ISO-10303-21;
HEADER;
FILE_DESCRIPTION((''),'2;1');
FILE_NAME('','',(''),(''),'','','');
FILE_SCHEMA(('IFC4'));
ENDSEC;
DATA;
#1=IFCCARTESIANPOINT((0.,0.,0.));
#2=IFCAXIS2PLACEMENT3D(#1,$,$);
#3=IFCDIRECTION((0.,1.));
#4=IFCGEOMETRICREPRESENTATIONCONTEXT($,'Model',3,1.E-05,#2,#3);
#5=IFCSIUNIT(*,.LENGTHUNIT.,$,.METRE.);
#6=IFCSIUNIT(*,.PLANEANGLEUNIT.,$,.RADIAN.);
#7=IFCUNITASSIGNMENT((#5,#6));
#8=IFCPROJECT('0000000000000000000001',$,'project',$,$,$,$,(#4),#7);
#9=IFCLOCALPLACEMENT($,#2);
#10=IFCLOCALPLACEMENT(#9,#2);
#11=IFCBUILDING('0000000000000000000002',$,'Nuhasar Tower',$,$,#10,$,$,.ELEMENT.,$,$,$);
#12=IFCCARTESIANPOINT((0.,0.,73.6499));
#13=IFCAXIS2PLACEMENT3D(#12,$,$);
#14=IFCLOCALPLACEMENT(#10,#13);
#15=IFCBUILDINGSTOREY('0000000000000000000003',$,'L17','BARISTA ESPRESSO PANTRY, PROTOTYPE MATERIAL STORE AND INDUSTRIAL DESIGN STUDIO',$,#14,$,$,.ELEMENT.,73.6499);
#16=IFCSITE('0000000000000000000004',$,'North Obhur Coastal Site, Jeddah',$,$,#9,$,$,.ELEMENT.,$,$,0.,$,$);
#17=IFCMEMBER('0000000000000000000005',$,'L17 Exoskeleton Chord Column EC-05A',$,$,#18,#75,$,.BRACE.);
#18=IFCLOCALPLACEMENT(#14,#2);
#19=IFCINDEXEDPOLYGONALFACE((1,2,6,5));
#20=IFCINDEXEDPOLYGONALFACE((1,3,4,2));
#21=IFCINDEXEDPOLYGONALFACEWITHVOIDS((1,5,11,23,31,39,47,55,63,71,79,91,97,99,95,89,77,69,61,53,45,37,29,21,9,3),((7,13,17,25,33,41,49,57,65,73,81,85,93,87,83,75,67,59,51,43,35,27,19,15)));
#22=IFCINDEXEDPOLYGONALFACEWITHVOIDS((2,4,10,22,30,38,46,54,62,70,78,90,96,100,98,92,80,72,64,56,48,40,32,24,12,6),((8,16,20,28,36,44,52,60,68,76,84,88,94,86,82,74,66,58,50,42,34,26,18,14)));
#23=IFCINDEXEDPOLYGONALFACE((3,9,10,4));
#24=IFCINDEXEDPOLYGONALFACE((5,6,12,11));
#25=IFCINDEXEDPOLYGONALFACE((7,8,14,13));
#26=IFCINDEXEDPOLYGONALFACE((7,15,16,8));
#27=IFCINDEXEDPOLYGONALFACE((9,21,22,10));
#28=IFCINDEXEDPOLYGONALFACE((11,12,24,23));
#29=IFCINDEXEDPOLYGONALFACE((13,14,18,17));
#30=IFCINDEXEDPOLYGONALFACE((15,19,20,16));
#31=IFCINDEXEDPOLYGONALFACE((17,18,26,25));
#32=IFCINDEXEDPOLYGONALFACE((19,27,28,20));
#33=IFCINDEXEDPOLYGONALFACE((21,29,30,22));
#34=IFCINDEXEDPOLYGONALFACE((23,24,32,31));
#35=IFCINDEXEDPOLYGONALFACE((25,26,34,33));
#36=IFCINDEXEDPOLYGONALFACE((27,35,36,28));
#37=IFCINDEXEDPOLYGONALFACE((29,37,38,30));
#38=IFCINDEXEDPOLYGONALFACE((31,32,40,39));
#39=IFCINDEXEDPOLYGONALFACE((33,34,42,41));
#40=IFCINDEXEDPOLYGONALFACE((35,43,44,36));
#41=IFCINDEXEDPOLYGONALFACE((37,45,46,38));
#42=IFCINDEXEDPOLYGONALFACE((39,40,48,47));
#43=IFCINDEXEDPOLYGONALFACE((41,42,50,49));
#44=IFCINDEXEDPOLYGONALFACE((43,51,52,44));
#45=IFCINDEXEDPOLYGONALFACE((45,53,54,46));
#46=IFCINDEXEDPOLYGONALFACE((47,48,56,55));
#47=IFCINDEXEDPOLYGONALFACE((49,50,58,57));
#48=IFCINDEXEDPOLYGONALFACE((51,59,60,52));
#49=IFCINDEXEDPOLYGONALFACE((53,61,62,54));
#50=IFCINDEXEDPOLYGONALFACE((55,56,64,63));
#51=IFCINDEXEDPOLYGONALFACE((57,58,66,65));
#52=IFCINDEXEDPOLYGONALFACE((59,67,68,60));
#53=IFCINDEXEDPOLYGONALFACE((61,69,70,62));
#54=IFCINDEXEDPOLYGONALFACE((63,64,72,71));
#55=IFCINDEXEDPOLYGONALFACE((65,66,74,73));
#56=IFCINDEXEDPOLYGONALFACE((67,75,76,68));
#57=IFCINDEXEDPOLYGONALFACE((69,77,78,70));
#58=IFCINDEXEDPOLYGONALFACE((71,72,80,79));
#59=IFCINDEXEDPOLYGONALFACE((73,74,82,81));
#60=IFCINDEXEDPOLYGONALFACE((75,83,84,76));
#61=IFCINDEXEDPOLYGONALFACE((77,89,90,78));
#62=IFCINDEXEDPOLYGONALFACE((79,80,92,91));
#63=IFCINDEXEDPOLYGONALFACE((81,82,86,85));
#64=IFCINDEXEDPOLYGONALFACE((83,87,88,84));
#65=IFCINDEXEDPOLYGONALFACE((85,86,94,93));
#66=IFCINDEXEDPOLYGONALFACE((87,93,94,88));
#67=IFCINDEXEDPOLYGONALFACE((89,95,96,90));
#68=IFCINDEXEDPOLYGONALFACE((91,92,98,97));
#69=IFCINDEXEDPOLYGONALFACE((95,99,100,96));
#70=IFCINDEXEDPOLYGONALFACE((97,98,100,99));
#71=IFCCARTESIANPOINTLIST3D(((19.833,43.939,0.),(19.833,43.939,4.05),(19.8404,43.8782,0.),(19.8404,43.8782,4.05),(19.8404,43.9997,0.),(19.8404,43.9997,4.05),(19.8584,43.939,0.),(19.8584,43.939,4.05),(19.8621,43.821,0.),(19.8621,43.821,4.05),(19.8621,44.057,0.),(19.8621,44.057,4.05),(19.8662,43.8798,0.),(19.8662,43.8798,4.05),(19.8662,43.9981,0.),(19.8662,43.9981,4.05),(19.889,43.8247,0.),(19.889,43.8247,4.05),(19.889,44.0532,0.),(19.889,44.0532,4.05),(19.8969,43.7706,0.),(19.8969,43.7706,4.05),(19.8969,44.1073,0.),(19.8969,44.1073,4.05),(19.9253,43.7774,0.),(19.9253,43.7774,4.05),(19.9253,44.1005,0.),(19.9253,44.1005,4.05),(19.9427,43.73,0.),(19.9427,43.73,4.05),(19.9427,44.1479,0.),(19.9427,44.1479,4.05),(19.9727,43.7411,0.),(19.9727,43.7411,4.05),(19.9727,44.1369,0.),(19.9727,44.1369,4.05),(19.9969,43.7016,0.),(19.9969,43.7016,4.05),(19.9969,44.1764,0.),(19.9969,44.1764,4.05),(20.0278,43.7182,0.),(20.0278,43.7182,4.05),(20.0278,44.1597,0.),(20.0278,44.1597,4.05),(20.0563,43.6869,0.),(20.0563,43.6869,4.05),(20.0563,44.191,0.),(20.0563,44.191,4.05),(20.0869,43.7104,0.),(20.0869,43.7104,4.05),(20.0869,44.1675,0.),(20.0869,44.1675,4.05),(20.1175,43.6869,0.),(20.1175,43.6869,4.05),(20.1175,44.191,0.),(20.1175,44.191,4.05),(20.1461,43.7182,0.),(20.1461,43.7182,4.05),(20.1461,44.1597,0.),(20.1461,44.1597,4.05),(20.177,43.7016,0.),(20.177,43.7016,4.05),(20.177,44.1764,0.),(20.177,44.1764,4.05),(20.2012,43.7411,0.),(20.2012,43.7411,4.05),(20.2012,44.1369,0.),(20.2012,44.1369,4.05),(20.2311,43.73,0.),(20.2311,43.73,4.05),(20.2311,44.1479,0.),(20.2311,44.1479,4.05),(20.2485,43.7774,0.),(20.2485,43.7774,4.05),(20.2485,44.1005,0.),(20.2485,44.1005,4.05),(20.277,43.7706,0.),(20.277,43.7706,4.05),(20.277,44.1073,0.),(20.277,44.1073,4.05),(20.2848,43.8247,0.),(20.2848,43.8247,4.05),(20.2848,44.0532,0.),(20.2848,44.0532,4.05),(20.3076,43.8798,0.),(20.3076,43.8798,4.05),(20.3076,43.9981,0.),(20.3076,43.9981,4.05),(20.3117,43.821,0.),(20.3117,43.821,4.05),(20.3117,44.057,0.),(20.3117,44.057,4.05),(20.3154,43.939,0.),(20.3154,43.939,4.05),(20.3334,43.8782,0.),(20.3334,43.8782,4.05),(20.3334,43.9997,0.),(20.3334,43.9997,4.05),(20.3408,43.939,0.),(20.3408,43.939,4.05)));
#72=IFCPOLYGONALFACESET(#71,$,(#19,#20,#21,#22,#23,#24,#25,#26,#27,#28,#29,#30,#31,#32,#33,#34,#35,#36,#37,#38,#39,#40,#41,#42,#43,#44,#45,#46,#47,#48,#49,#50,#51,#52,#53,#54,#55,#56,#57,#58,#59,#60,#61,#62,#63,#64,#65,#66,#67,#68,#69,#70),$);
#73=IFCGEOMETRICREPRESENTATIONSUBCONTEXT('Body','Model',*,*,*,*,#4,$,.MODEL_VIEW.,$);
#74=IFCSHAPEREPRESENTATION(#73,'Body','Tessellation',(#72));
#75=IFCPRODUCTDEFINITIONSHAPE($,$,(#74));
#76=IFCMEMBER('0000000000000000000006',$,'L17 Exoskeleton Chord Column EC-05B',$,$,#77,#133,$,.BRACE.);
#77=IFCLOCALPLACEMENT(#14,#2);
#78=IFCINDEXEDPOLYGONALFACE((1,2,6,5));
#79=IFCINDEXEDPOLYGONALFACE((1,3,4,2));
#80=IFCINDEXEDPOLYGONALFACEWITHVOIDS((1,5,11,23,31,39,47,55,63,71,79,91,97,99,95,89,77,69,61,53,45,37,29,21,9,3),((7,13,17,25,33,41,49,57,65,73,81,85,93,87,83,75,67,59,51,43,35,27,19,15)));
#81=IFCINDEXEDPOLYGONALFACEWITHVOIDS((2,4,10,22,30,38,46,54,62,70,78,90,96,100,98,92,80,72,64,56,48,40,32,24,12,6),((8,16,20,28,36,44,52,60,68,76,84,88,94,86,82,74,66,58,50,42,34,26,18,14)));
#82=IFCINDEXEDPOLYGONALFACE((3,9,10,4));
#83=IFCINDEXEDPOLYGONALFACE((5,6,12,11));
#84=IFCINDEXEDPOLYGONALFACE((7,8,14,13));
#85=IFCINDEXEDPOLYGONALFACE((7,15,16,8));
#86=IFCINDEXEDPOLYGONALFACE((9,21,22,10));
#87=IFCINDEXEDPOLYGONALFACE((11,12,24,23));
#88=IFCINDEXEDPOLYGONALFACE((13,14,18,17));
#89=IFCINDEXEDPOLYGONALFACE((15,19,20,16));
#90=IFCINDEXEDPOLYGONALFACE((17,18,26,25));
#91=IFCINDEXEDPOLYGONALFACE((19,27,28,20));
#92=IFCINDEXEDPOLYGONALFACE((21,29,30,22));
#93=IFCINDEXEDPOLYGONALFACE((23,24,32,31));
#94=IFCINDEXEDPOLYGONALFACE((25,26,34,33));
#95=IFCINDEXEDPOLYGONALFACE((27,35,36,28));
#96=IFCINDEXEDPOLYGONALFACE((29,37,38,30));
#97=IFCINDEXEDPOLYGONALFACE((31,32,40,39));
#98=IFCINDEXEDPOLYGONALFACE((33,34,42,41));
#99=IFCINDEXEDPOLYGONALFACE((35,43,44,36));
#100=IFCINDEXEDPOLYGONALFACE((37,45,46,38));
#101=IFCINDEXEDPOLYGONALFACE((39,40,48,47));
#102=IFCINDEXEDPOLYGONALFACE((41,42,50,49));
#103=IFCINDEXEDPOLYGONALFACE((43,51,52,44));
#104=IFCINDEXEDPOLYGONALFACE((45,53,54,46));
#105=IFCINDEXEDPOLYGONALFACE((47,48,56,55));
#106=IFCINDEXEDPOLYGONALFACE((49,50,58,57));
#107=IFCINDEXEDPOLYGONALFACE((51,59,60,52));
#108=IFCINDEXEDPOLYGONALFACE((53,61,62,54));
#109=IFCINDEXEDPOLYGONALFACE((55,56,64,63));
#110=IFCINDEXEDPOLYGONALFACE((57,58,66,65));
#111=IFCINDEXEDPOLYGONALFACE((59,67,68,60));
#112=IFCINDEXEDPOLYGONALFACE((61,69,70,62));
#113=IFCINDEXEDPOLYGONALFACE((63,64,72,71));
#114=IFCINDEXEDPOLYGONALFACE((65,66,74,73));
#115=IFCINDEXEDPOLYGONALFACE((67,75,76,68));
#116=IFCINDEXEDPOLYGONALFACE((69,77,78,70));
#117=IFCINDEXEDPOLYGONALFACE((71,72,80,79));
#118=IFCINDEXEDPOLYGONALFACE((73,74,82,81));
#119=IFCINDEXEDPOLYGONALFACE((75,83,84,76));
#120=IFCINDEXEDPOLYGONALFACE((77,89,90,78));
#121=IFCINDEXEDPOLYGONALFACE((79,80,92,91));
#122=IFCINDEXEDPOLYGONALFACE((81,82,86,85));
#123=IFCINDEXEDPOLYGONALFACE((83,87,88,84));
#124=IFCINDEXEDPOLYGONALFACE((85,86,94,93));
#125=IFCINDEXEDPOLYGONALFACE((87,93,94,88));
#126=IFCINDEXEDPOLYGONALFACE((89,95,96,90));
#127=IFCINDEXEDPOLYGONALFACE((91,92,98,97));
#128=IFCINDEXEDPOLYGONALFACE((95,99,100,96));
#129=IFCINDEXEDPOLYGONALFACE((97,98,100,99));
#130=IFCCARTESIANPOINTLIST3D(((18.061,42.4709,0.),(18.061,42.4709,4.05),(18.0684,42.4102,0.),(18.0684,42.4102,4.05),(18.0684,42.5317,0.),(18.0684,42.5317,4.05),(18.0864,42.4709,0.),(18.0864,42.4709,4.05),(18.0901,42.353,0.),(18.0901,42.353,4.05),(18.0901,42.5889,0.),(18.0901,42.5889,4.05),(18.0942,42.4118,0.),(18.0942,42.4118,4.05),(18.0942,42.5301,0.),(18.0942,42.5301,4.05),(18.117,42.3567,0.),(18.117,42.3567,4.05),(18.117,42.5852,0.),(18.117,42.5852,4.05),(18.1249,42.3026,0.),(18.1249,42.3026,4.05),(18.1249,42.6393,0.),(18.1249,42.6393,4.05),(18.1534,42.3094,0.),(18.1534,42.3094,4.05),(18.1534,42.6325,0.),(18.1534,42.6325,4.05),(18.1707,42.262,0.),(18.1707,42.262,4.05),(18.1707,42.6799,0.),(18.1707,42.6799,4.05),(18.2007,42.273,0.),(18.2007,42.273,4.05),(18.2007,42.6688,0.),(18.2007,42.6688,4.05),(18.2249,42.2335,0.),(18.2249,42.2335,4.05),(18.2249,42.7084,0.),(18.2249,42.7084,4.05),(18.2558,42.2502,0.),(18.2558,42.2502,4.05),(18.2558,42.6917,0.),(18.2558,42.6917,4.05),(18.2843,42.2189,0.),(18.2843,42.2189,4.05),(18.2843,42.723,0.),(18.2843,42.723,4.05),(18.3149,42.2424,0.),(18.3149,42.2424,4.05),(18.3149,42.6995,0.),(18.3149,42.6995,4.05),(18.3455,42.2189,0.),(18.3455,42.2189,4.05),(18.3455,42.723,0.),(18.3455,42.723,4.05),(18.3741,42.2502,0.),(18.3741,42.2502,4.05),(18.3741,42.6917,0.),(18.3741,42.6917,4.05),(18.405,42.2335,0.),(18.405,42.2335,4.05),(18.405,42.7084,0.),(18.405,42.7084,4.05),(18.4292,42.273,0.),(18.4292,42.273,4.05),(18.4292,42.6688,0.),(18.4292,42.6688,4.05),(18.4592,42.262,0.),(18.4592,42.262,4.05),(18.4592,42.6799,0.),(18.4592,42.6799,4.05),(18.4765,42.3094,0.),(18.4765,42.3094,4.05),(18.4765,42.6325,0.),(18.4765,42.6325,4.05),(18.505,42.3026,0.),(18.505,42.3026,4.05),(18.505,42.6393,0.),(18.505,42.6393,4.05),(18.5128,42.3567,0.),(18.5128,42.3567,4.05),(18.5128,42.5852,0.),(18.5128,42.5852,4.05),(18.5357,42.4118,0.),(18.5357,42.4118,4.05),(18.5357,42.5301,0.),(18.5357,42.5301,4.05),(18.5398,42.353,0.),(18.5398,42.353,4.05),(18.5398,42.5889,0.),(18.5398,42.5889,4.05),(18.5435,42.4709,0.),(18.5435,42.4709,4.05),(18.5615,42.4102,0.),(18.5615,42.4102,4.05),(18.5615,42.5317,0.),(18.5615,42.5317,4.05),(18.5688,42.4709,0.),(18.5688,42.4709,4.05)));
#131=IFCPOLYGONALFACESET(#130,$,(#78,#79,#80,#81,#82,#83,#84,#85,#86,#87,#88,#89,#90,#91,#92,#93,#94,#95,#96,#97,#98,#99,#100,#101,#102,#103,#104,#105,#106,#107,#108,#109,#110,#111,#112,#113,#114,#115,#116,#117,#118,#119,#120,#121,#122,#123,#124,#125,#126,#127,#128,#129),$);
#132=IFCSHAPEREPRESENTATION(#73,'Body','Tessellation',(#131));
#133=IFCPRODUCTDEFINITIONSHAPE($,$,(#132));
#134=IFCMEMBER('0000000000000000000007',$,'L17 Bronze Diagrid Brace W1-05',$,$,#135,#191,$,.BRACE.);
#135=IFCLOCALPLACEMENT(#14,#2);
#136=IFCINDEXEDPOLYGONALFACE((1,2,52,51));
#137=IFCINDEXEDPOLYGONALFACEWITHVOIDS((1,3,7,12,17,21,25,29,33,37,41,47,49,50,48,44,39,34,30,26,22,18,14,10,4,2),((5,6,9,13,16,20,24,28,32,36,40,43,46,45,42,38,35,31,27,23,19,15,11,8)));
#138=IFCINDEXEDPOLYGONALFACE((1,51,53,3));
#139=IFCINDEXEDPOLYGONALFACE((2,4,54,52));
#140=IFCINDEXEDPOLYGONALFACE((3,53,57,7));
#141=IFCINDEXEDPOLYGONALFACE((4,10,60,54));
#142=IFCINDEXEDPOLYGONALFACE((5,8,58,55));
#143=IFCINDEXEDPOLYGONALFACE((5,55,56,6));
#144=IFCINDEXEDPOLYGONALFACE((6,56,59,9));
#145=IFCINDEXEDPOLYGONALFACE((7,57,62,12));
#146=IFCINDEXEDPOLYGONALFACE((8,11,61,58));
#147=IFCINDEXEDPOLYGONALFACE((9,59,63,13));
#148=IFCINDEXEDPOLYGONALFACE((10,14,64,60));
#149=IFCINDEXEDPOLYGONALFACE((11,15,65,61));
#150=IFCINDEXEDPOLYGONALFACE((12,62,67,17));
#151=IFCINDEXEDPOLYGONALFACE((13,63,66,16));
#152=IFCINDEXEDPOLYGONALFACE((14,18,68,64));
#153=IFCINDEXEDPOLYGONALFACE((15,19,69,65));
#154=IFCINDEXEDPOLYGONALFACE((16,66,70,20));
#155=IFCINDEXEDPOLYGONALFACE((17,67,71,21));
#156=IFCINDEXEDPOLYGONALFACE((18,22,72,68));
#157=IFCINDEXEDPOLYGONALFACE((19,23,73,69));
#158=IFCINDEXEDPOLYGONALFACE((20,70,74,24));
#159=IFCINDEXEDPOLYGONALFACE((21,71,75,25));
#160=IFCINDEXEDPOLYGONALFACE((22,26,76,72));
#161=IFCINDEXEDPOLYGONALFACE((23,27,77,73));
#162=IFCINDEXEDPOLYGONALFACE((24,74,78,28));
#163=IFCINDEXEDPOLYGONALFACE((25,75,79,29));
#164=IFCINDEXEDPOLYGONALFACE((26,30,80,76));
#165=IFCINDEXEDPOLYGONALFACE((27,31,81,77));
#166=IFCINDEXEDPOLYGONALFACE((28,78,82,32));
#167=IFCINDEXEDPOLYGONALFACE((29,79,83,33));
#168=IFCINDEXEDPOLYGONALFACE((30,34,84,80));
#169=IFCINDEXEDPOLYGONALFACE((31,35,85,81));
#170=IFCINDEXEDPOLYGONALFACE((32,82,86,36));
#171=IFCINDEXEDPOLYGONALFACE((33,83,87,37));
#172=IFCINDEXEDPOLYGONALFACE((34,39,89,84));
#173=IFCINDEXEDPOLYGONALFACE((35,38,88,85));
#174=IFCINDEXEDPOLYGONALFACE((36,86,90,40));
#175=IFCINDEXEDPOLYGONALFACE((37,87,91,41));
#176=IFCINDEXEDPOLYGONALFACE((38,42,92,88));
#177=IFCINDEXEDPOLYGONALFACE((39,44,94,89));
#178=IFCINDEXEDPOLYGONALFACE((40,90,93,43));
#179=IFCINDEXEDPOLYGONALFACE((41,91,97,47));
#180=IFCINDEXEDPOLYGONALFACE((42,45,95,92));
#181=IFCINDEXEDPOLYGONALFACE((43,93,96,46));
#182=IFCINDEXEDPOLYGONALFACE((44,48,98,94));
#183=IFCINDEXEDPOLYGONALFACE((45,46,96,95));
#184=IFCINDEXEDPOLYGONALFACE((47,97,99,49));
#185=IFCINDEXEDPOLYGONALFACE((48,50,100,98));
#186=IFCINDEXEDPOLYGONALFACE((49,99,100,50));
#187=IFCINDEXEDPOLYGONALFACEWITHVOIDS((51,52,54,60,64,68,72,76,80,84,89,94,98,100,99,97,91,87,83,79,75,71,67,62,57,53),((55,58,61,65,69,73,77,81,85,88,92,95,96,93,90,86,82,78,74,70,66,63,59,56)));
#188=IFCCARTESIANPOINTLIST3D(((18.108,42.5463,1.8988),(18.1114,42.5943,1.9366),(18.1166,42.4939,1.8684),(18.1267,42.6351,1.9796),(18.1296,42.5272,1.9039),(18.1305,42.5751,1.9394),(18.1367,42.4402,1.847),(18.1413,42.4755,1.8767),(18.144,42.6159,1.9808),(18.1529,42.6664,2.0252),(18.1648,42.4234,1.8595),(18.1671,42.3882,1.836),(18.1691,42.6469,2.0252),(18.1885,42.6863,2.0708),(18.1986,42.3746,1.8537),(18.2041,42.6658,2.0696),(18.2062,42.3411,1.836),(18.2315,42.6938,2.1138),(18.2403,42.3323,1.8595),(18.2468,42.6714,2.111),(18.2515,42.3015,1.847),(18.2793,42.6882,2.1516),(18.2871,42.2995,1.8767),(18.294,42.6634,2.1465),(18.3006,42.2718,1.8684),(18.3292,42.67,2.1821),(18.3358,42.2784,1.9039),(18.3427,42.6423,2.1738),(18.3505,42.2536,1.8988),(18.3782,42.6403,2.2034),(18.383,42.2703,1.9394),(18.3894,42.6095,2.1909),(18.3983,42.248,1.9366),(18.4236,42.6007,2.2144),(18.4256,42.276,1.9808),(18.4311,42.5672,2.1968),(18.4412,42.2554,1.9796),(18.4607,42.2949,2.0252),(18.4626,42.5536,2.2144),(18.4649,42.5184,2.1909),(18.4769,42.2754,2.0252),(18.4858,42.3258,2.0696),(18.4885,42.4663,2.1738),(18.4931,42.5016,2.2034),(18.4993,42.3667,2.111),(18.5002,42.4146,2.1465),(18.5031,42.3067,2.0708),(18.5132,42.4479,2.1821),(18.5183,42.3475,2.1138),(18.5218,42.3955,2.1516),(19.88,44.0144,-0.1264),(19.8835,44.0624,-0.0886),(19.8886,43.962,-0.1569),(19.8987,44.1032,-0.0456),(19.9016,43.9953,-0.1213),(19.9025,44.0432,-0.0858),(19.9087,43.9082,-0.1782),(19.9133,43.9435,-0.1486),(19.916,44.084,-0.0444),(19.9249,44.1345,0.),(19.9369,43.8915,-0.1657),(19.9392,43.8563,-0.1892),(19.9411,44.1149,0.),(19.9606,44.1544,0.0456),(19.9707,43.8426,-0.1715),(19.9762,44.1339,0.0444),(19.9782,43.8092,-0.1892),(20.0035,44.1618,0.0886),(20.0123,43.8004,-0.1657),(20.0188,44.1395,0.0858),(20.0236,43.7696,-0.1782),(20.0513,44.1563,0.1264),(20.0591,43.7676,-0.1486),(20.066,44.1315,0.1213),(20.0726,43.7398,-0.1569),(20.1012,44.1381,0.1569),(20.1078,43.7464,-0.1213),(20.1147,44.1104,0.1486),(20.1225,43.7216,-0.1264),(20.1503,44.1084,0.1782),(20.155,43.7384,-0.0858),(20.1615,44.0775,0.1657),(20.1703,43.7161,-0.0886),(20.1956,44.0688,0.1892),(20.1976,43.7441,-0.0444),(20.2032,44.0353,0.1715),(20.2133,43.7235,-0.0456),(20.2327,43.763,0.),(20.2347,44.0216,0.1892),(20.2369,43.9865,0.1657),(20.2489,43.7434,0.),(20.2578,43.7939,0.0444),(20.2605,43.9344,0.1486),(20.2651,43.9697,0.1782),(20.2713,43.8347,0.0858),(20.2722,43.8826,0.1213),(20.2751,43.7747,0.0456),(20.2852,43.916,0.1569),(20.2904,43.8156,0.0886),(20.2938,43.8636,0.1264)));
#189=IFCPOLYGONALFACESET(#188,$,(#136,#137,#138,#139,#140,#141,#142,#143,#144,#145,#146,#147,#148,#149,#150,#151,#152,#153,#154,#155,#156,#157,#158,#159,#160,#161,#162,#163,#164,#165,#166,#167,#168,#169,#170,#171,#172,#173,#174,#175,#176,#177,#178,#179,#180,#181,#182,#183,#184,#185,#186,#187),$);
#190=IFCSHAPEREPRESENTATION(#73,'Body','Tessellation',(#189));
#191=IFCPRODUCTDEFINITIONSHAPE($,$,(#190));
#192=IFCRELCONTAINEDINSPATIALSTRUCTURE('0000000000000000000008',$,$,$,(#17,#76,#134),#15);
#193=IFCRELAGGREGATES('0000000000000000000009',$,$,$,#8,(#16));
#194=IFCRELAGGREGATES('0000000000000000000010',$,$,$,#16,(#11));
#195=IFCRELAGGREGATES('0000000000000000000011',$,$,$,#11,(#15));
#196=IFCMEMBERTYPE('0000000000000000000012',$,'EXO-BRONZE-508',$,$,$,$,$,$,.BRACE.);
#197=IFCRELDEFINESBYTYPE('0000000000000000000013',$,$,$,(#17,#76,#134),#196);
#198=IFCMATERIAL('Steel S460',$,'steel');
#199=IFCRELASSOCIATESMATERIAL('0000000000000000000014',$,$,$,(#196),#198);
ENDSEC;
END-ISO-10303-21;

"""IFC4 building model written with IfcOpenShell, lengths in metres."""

from ifc_helpers import new_model, si_unit, direction, frame, origin, origin_2d, place, context, subcontext, project, spatial, hollow_circle, extrude, material, material_profile, profile_set, type_object, element, save


model = new_model("IFC4")

# Units and contexts
model_context = context("Model", 3, precision=1e-05, world=origin(), true_north=direction((0.0, 1.0)))
body_context = subcontext(model_context, "Body", "Model", "MODEL_VIEW")
ifc_project = project(units=[si_unit("LENGTHUNIT", "METRE"), si_unit("PLANEANGLEUNIT", "RADIAN")], contexts=[model_context])

# Site, building, storey
site_placement = place(None, origin())
site = spatial("IfcSite", under=ifc_project, at=site_placement, Name="North Obhur Coastal Site, Jeddah", CompositionType="ELEMENT", RefElevation=0.0)
building_placement = place(site_placement, origin())
building = spatial("IfcBuilding", under=site, at=building_placement, Name="Nuhasar Tower", CompositionType="ELEMENT")
storey_placement = place(building_placement, frame((0.0, 0.0, 73.6499)))
storey = spatial("IfcBuildingStorey", under=building, at=storey_placement, Name="L17", Description="BARISTA ESPRESSO PANTRY, PROTOTYPE MATERIAL STORE AND INDUSTRIAL DESIGN STUDIO", CompositionType="ELEMENT", Elevation=73.6499)

# Members
ifc_material_1 = material(Name="Steel S460", Category="steel")
ifc_material_profile_1 = material_profile(ifc_material_1, hollow_circle(Radius=0.2539, WallThickness=0.0254, at=origin_2d()), Name="HSS508X25.4")
ifc_profile_set_1 = profile_set([ifc_material_profile_1], Name="Steel S460")
member_type_1 = type_object("IfcMemberType", Name="EXO-BRONZE-508", PredefinedType="BRACE", material=ifc_profile_set_1)
for number, where, z_axis, x_axis, name in (
    (1, (20.0869, 43.939, 0.0), (0.0, 0.0, 1.0), (1.0, 0.0, 0.0), "L17 Exoskeleton Chord Column EC-05A"),
    (2, (18.3149, 42.4709, 0.0), (0.0, 0.0, 1.0), (1.0, 0.0, 0.0), "L17 Exoskeleton Chord Column EC-05B"),
):
    element("IfcMember", number, at=place(storey_placement, frame(where, z_axis=z_axis, x_axis=x_axis)), inside=storey, type_object=member_type_1, Name=name, PredefinedType="BRACE", context=body_context, shape_type="SweptSolid", body=[
        extrude(hollow_circle(Radius=0.2539, WallThickness=0.0254, at=origin_2d()), origin(), (0.0, 0.0, 1.0), 4.05),
    ])
member_1_placement = place(storey_placement, frame((20.0869, 43.939, 0.0), z_axis=(-0.578071, -0.478912, 0.660664), x_axis=(0.637969, -0.770062, 0.0)))
element("IfcMember", 3, at=member_1_placement, inside=storey, type_object=member_type_1, Name="L17 Bronze Diagrid Brace W1-05", PredefinedType="BRACE", context=body_context, shape_type="SweptSolid", body=[
    extrude(hollow_circle(Radius=0.2539, WallThickness=0.0254, at=origin_2d()), origin(), (0.0, 0.0, 1.0), 3.0654),
])

save(model, "model.ifc")
